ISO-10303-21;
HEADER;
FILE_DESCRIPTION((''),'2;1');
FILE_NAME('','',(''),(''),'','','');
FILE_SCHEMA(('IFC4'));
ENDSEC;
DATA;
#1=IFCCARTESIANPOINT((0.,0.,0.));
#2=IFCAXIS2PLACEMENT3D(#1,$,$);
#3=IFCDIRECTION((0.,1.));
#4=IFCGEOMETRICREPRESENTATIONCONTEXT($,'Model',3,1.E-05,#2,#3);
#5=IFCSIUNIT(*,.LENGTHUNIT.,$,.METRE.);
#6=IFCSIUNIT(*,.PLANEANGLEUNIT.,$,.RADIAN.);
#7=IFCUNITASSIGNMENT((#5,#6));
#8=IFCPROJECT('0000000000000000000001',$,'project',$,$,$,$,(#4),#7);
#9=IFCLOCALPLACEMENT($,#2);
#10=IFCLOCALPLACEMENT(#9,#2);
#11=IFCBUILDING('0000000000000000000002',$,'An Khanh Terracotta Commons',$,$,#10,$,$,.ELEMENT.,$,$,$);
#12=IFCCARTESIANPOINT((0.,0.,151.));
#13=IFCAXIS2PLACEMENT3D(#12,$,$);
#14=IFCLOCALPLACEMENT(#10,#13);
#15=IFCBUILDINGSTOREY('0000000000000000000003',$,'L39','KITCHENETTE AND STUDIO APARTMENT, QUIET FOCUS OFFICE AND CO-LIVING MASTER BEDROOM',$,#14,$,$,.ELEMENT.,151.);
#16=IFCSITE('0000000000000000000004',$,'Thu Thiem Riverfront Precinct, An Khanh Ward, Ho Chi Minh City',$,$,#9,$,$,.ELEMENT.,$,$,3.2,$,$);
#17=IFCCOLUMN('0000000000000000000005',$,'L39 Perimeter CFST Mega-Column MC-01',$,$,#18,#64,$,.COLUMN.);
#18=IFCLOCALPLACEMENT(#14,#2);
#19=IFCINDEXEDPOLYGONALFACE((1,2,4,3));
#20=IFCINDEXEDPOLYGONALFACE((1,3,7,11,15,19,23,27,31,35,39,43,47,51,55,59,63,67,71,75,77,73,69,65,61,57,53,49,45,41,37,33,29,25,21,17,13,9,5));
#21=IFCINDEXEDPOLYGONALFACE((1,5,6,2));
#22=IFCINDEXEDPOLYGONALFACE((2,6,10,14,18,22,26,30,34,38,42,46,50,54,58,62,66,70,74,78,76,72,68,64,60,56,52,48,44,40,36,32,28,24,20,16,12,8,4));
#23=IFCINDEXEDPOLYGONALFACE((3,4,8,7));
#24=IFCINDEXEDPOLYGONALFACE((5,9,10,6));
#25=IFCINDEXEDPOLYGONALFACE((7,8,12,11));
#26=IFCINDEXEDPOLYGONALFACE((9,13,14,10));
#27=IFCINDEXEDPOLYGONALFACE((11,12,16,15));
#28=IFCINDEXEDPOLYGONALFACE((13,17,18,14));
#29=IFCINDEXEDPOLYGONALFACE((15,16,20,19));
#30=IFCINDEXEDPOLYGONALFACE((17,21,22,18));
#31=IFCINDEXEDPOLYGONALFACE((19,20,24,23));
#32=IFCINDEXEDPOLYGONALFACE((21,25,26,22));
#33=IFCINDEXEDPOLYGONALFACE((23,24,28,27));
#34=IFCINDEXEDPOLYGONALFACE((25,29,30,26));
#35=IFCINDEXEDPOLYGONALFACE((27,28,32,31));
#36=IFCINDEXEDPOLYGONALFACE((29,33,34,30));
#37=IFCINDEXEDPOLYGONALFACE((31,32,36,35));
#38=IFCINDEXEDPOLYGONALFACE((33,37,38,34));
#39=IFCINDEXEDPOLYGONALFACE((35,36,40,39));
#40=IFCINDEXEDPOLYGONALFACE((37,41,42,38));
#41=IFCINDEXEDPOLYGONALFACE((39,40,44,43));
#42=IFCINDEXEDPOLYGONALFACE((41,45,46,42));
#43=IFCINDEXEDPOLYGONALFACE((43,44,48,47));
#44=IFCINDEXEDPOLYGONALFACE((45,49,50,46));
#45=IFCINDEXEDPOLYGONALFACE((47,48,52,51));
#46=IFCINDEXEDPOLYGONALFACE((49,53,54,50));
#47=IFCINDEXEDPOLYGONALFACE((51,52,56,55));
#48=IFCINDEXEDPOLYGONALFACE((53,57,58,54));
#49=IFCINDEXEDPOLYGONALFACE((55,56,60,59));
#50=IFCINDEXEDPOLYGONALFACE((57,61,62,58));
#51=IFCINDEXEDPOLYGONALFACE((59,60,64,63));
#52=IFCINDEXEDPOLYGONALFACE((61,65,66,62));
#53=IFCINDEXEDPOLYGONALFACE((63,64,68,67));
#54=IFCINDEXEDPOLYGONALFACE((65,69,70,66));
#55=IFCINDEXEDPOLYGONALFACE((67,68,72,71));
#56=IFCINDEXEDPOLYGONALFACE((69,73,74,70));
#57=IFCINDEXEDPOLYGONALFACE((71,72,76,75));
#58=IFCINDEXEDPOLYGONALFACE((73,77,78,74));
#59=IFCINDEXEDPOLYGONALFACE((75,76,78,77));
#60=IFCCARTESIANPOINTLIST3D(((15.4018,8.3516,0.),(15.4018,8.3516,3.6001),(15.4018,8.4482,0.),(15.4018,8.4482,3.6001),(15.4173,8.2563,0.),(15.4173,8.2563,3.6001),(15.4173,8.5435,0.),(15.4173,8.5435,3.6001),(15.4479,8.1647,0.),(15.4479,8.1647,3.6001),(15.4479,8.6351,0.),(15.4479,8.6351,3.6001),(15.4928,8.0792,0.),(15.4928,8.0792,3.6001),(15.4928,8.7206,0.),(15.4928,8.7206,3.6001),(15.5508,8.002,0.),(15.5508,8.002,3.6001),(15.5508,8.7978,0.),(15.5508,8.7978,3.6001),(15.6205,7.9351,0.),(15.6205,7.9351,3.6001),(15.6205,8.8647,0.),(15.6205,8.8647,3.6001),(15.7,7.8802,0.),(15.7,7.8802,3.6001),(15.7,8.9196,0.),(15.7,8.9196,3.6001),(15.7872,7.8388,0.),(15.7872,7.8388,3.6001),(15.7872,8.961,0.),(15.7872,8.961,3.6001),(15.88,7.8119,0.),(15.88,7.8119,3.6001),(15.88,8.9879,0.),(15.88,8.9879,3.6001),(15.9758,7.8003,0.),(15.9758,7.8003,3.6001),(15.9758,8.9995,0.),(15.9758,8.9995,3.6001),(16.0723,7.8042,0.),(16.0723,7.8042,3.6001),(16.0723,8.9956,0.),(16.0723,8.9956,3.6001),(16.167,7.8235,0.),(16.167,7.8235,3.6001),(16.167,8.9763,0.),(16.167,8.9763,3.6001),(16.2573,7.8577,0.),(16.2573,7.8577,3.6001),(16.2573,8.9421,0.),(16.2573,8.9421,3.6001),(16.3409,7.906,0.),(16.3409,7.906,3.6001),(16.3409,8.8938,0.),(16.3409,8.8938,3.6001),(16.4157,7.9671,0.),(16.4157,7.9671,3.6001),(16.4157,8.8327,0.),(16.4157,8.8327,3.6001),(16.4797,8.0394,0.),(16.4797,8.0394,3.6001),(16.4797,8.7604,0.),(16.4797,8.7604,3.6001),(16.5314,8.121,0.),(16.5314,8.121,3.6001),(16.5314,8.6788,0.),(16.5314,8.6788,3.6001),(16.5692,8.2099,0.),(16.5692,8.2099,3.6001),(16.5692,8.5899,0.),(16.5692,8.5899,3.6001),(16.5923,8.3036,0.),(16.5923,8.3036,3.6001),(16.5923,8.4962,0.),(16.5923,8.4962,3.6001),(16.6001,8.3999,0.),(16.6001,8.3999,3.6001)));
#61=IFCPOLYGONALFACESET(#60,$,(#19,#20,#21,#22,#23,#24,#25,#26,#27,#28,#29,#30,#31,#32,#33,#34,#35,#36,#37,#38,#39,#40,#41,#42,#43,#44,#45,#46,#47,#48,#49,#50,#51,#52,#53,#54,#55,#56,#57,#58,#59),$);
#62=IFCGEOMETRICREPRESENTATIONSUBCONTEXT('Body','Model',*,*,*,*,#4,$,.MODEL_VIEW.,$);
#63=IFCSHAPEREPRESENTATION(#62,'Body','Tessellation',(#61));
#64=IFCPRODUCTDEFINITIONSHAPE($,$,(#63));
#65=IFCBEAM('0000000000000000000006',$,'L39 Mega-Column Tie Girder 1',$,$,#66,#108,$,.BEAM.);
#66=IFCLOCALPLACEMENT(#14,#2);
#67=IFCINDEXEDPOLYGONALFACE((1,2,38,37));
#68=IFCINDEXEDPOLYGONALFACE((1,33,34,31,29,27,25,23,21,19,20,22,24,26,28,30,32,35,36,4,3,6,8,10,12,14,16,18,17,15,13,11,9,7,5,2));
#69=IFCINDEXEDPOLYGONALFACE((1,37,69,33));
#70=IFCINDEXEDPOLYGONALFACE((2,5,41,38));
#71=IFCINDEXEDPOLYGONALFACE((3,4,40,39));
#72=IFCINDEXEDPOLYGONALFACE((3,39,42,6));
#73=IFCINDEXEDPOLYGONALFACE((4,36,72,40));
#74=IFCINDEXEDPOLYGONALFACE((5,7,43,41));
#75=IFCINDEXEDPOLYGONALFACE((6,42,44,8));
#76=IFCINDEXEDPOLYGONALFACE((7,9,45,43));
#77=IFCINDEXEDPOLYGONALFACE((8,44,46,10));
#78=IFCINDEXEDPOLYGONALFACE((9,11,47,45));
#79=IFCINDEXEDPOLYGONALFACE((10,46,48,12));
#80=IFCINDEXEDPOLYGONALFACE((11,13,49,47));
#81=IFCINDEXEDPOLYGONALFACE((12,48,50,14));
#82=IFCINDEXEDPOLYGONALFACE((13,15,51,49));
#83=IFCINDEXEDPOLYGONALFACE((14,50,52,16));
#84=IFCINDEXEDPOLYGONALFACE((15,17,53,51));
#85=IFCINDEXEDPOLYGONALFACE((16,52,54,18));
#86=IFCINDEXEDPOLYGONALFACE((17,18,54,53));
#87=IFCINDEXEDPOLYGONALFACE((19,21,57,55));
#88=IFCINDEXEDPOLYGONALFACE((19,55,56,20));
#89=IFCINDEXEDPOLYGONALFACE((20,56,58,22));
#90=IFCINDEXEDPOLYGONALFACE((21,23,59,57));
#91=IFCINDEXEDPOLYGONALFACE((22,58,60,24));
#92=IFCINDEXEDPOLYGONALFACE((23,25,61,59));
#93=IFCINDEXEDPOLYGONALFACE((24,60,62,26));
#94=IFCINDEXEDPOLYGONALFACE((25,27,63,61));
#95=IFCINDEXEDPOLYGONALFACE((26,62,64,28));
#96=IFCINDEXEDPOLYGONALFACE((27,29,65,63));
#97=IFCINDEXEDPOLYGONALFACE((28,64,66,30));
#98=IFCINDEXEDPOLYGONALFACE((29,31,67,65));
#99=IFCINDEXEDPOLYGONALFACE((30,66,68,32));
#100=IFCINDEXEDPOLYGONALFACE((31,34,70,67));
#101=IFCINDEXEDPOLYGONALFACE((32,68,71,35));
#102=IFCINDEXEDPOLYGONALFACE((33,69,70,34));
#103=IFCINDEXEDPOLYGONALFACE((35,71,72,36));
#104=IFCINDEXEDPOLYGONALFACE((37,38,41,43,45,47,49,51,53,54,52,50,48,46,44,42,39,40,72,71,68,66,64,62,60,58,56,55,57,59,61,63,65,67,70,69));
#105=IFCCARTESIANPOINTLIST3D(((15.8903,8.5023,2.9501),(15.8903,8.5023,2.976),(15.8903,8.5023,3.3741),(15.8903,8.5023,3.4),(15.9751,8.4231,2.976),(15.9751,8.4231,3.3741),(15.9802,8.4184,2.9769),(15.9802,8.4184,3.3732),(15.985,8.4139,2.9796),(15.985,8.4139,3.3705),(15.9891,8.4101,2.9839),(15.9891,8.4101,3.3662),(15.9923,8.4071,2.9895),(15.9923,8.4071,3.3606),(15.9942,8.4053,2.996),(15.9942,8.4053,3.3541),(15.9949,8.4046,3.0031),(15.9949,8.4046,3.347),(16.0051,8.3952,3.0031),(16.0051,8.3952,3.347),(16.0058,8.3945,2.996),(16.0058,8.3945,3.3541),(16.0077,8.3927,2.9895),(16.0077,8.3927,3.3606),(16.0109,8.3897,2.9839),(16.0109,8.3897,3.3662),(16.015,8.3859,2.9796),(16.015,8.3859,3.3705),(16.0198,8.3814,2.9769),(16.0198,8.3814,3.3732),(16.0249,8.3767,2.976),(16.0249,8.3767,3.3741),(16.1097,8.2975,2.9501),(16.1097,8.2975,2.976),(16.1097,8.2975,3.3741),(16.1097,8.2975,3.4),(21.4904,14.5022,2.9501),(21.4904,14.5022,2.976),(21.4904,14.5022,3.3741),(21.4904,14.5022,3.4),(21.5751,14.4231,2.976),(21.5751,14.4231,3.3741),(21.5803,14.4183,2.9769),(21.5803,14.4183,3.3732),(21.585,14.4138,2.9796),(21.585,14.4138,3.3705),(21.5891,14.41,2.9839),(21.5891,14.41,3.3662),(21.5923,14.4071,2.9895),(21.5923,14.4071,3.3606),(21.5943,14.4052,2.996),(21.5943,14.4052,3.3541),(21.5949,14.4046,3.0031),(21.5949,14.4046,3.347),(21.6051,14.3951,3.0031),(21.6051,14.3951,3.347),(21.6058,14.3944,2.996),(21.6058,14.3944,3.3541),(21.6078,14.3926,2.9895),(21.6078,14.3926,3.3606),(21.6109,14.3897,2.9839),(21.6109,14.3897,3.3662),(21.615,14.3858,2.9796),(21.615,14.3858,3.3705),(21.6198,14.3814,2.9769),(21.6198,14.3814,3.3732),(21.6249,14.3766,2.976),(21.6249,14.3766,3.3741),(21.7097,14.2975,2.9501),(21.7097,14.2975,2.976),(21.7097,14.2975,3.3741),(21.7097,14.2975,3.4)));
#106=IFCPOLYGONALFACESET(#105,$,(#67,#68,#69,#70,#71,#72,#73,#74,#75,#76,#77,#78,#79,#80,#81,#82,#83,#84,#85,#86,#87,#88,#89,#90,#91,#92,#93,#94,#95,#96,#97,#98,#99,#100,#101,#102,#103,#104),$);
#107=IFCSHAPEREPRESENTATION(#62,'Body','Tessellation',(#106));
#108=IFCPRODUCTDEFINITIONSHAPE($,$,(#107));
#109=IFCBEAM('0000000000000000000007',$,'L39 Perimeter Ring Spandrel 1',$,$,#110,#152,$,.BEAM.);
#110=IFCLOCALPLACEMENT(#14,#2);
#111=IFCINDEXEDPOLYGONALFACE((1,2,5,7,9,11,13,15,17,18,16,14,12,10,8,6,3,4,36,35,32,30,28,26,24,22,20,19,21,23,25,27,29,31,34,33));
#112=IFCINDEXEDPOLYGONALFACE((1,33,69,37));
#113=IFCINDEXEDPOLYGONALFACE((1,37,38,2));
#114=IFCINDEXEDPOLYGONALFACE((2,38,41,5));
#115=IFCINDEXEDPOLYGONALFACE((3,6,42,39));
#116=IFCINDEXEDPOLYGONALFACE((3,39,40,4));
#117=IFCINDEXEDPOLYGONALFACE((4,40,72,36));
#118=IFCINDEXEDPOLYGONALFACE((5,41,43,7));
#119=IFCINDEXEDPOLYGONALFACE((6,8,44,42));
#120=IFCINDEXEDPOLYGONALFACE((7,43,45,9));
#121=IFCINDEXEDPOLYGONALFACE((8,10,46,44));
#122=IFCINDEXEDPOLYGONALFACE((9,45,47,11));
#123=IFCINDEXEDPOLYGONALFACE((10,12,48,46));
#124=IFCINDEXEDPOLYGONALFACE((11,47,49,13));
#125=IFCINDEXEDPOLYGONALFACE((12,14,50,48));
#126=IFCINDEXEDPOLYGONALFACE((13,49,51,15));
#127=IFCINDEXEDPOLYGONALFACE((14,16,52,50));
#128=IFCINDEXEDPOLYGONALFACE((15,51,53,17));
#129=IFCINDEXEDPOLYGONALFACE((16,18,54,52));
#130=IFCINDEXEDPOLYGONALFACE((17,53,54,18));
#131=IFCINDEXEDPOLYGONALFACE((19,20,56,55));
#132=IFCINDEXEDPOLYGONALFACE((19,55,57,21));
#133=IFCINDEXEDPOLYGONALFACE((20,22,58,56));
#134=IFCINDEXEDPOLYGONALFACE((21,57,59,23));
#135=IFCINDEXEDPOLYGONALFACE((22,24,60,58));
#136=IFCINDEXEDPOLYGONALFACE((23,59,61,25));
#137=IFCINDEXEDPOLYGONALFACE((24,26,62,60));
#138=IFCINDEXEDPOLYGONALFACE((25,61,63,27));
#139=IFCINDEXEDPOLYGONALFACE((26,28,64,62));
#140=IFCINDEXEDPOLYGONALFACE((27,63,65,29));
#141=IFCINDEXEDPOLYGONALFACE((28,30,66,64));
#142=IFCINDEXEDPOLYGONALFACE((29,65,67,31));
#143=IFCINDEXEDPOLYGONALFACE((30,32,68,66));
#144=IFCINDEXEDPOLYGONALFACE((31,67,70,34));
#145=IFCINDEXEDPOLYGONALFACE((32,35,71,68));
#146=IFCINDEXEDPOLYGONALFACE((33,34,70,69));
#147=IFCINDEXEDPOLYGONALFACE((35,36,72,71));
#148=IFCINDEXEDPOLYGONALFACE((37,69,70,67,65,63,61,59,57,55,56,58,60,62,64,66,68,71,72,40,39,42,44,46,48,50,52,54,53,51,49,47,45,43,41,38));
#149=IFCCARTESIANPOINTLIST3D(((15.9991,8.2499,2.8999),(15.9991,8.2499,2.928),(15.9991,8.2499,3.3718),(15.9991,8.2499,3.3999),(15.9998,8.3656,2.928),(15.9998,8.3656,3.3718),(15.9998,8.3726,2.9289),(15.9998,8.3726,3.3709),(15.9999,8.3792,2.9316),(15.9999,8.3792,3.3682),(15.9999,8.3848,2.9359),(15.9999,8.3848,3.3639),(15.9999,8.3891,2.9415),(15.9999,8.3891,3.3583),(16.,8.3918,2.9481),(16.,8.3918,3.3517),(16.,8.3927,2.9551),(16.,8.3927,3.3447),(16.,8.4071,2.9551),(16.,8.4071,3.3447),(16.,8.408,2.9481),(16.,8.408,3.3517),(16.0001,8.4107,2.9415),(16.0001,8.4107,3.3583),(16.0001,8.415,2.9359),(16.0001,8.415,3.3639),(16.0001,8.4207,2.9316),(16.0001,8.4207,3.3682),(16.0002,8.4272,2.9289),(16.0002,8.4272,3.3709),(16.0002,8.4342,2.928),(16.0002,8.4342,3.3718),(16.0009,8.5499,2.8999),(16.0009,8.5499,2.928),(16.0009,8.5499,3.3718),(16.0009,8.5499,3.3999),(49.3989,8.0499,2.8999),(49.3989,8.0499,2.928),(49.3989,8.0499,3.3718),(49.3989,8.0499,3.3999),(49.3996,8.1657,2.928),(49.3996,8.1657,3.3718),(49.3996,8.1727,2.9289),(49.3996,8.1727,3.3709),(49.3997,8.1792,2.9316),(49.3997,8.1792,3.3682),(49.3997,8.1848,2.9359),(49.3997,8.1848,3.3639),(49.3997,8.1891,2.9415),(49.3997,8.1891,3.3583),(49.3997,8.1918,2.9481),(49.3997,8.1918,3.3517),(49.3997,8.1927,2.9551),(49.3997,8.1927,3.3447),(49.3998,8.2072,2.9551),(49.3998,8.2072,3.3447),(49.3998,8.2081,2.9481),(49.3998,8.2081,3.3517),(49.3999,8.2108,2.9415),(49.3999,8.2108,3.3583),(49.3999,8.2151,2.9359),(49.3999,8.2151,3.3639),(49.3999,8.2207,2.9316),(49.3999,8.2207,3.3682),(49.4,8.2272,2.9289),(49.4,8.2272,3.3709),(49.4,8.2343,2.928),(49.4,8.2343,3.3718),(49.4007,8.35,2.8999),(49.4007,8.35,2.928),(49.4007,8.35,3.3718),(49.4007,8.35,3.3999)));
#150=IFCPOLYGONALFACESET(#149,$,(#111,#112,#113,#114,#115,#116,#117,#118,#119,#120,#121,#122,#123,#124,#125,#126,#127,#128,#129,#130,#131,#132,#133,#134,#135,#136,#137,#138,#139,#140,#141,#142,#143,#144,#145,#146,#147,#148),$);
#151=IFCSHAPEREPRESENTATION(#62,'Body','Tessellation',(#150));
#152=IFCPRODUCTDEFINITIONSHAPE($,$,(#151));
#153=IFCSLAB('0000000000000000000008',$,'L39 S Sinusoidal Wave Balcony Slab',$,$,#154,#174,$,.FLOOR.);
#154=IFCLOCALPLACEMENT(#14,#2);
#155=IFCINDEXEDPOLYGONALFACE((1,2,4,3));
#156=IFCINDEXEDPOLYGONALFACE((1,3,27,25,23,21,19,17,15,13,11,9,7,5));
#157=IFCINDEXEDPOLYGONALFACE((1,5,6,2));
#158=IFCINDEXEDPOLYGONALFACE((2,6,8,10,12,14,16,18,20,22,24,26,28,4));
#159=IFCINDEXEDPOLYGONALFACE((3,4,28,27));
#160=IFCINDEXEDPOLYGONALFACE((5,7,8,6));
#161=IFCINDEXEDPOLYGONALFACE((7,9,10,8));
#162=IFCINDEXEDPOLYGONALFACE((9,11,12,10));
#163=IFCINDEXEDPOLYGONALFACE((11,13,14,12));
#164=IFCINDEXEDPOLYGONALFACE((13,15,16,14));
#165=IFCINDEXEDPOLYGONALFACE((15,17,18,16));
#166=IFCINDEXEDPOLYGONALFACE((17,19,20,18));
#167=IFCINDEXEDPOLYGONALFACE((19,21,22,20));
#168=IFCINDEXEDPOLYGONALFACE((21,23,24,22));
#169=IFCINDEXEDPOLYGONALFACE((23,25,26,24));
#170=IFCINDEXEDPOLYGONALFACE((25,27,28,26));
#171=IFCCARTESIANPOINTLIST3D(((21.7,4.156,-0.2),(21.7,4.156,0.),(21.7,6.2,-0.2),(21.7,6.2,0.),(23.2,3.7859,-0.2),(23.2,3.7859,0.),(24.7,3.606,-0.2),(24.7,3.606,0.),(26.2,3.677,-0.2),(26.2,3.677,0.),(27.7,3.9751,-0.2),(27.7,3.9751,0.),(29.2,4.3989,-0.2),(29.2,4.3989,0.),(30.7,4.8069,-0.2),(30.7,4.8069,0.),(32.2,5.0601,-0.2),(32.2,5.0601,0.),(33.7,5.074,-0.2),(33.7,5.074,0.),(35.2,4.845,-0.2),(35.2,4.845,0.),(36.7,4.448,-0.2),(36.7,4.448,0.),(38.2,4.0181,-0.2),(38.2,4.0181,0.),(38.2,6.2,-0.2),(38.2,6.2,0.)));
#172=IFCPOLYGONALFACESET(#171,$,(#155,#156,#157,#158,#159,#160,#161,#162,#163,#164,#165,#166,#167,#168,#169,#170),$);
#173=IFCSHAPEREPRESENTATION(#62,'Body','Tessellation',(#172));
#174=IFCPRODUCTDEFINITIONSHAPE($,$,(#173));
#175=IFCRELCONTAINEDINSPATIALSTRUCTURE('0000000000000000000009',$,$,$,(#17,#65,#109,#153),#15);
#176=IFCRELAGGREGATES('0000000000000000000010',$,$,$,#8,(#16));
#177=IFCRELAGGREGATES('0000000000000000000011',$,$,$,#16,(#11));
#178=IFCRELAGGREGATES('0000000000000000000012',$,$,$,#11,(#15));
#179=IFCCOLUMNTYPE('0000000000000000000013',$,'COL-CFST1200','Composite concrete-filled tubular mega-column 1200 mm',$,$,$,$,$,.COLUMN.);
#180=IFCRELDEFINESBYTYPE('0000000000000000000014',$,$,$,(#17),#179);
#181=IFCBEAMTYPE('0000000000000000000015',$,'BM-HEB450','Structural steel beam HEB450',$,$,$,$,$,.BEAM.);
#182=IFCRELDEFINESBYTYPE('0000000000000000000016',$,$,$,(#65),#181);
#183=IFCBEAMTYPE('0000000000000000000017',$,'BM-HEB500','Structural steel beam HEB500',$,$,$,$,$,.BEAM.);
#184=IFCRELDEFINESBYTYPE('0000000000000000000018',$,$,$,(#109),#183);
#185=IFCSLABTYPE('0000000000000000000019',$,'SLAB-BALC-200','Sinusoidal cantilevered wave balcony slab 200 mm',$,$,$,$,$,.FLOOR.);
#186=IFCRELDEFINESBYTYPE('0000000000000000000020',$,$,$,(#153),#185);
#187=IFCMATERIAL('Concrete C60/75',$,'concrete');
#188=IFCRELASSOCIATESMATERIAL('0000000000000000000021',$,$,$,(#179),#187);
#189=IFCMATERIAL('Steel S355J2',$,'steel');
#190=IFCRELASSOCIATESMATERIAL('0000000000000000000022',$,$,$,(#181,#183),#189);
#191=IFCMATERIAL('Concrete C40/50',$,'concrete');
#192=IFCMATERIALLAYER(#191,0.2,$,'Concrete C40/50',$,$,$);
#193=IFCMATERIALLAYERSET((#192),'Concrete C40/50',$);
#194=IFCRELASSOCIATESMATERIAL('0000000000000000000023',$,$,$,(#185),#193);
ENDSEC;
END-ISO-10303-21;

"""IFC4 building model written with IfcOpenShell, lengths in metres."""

from ifc_helpers import new_model, si_unit, direction, frame, origin, origin_2d, place, context, subcontext, project, spatial, polyline, circle, i_section, outline, extrude, material, layer, layer_set, material_profile, profile_set, type_object, element, save


model = new_model("IFC4")

# Units and contexts
model_context = context("Model", 3, precision=1e-05, world=origin(), true_north=direction((0.0, 1.0)))
body_context = subcontext(model_context, "Body", "Model", "MODEL_VIEW")
ifc_project = project(units=[si_unit("LENGTHUNIT", "METRE"), si_unit("PLANEANGLEUNIT", "RADIAN")], contexts=[model_context])

# Site, building, storey
site_placement = place(None, origin())
site = spatial("IfcSite", under=ifc_project, at=site_placement, Name="Thu Thiem Riverfront Precinct, An Khanh Ward, Ho Chi Minh City", CompositionType="ELEMENT", RefElevation=3.2)
building_placement = place(site_placement, origin())
building = spatial("IfcBuilding", under=site, at=building_placement, Name="An Khanh Terracotta Commons", CompositionType="ELEMENT")
storey_placement = place(building_placement, frame((0.0, 0.0, 151.0)))
storey = spatial("IfcBuildingStorey", under=building, at=storey_placement, Name="L39", Description="KITCHENETTE AND STUDIO APARTMENT, QUIET FOCUS OFFICE AND CO-LIVING MASTER BEDROOM", CompositionType="ELEMENT", Elevation=151.0)

# Column
ifc_material_1 = material(Name="Concrete C60/75", Category="concrete")
ifc_material_profile_1 = material_profile(ifc_material_1, circle(Radius=0.6001, at=origin_2d()), Name="CFST1200")
ifc_profile_set_1 = profile_set([ifc_material_profile_1], Name="Concrete C60/75")
column_type = type_object("IfcColumnType", Name="COL-CFST1200", Description="Composite concrete-filled tubular mega-column 1200 mm", PredefinedType="COLUMN", material=ifc_profile_set_1)
column_placement = place(storey_placement, frame((16.0, 8.3999, 0.0), z_axis=(0.0, 0.0, 1.0), x_axis=(1.0, 0.0, 0.0)))
element("IfcColumn", 1, at=column_placement, inside=storey, type_object=column_type, Name="L39 Perimeter CFST Mega-Column MC-01", PredefinedType="COLUMN", context=body_context, shape_type="SweptSolid", body=[
    extrude(circle(Radius=0.6001, at=origin_2d()), origin(), (0.0, 0.0, 1.0), 3.6001),
])

# Beams
ifc_material_2 = material(Name="Steel S355J2", Category="steel")
ifc_material_profile_2 = material_profile(ifc_material_2, i_section(OverallWidth=0.3, OverallDepth=0.45, WebThickness=0.0139, FlangeThickness=0.0259, FilletRadius=0.0271, at=origin_2d()), Name="HEB450")
ifc_profile_set_2 = profile_set([ifc_material_profile_2], Name="Steel S355J2")
beam_type_1 = type_object("IfcBeamType", Name="BM-HEB450", Description="Structural steel beam HEB450", PredefinedType="BEAM", material=ifc_profile_set_2)
beam_1_placement = place(storey_placement, frame((16.0, 8.3999, 3.175), z_axis=(0.682325, 0.731049, 0.0), x_axis=(-0.731049, 0.682325, 0.0)))
element("IfcBeam", 2, at=beam_1_placement, inside=storey, type_object=beam_type_1, Name="L39 Mega-Column Tie Girder 1", PredefinedType="BEAM", context=body_context, shape_type="SweptSolid", body=[
    extrude(i_section(OverallWidth=0.3, OverallDepth=0.45, WebThickness=0.0139, FlangeThickness=0.0259, FilletRadius=0.0271, at=origin_2d()), origin(), (0.0, 0.0, 1.0), 8.2073),
])
ifc_material_profile_3 = material_profile(ifc_material_2, i_section(OverallWidth=0.3, OverallDepth=0.5, WebThickness=0.0144, FlangeThickness=0.0281, FilletRadius=0.0271, at=origin_2d()), Name="HEB500")
ifc_profile_set_3 = profile_set([ifc_material_profile_3], Name="Steel S355J2")
beam_type_2 = type_object("IfcBeamType", Name="BM-HEB500", Description="Structural steel beam HEB500", PredefinedType="BEAM", material=ifc_profile_set_3)
beam_2_placement = place(storey_placement, frame((16.0, 8.3999, 3.1499), z_axis=(0.999982, -0.005986, 0.0), x_axis=(0.005986, 0.999982, 0.0)))
element("IfcBeam", 3, at=beam_2_placement, inside=storey, type_object=beam_type_2, Name="L39 Perimeter Ring Spandrel 1", PredefinedType="BEAM", context=body_context, shape_type="SweptSolid", body=[
    extrude(i_section(OverallWidth=0.3, OverallDepth=0.5, WebThickness=0.0144, FlangeThickness=0.0281, FilletRadius=0.0271, at=origin_2d()), origin(), (0.0, 0.0, 1.0), 33.4004),
])

# Slab
ifc_material_3 = material(Name="Concrete C40/50", Category="concrete")
ifc_layer_1 = layer(ifc_material_3, 0.2, Name="Concrete C40/50")
ifc_layer_set_1 = layer_set([ifc_layer_1], Name="Concrete C40/50")
slab_type_1 = type_object("IfcSlabType", Name="SLAB-BALC-200", Description="Sinusoidal cantilevered wave balcony slab 200 mm", PredefinedType="FLOOR", material=ifc_layer_set_1)
slab_1_placement = place(storey_placement, frame((0.0, 0.0, -0.2)))
element("IfcSlab", 4, at=slab_1_placement, inside=storey, type_object=slab_type_1, Name="L39 S Sinusoidal Wave Balcony Slab", PredefinedType="FLOOR", context=body_context, shape_type="SweptSolid", body=[
    extrude(outline(polyline([(21.7, 6.2), (21.7, 4.156), (23.2, 3.7859), (24.7, 3.606), (26.2, 3.677), (27.7, 3.9751), (29.2, 4.3989), (30.7, 4.8069), (32.2, 5.0601), (33.7, 5.074), (35.2, 4.845), (36.7, 4.448), (38.2, 4.0181), (38.2, 6.2), (21.7, 6.2)])), origin(), (0.0, 0.0, 1.0), 0.2),
])

save(model, "model.ifc")
